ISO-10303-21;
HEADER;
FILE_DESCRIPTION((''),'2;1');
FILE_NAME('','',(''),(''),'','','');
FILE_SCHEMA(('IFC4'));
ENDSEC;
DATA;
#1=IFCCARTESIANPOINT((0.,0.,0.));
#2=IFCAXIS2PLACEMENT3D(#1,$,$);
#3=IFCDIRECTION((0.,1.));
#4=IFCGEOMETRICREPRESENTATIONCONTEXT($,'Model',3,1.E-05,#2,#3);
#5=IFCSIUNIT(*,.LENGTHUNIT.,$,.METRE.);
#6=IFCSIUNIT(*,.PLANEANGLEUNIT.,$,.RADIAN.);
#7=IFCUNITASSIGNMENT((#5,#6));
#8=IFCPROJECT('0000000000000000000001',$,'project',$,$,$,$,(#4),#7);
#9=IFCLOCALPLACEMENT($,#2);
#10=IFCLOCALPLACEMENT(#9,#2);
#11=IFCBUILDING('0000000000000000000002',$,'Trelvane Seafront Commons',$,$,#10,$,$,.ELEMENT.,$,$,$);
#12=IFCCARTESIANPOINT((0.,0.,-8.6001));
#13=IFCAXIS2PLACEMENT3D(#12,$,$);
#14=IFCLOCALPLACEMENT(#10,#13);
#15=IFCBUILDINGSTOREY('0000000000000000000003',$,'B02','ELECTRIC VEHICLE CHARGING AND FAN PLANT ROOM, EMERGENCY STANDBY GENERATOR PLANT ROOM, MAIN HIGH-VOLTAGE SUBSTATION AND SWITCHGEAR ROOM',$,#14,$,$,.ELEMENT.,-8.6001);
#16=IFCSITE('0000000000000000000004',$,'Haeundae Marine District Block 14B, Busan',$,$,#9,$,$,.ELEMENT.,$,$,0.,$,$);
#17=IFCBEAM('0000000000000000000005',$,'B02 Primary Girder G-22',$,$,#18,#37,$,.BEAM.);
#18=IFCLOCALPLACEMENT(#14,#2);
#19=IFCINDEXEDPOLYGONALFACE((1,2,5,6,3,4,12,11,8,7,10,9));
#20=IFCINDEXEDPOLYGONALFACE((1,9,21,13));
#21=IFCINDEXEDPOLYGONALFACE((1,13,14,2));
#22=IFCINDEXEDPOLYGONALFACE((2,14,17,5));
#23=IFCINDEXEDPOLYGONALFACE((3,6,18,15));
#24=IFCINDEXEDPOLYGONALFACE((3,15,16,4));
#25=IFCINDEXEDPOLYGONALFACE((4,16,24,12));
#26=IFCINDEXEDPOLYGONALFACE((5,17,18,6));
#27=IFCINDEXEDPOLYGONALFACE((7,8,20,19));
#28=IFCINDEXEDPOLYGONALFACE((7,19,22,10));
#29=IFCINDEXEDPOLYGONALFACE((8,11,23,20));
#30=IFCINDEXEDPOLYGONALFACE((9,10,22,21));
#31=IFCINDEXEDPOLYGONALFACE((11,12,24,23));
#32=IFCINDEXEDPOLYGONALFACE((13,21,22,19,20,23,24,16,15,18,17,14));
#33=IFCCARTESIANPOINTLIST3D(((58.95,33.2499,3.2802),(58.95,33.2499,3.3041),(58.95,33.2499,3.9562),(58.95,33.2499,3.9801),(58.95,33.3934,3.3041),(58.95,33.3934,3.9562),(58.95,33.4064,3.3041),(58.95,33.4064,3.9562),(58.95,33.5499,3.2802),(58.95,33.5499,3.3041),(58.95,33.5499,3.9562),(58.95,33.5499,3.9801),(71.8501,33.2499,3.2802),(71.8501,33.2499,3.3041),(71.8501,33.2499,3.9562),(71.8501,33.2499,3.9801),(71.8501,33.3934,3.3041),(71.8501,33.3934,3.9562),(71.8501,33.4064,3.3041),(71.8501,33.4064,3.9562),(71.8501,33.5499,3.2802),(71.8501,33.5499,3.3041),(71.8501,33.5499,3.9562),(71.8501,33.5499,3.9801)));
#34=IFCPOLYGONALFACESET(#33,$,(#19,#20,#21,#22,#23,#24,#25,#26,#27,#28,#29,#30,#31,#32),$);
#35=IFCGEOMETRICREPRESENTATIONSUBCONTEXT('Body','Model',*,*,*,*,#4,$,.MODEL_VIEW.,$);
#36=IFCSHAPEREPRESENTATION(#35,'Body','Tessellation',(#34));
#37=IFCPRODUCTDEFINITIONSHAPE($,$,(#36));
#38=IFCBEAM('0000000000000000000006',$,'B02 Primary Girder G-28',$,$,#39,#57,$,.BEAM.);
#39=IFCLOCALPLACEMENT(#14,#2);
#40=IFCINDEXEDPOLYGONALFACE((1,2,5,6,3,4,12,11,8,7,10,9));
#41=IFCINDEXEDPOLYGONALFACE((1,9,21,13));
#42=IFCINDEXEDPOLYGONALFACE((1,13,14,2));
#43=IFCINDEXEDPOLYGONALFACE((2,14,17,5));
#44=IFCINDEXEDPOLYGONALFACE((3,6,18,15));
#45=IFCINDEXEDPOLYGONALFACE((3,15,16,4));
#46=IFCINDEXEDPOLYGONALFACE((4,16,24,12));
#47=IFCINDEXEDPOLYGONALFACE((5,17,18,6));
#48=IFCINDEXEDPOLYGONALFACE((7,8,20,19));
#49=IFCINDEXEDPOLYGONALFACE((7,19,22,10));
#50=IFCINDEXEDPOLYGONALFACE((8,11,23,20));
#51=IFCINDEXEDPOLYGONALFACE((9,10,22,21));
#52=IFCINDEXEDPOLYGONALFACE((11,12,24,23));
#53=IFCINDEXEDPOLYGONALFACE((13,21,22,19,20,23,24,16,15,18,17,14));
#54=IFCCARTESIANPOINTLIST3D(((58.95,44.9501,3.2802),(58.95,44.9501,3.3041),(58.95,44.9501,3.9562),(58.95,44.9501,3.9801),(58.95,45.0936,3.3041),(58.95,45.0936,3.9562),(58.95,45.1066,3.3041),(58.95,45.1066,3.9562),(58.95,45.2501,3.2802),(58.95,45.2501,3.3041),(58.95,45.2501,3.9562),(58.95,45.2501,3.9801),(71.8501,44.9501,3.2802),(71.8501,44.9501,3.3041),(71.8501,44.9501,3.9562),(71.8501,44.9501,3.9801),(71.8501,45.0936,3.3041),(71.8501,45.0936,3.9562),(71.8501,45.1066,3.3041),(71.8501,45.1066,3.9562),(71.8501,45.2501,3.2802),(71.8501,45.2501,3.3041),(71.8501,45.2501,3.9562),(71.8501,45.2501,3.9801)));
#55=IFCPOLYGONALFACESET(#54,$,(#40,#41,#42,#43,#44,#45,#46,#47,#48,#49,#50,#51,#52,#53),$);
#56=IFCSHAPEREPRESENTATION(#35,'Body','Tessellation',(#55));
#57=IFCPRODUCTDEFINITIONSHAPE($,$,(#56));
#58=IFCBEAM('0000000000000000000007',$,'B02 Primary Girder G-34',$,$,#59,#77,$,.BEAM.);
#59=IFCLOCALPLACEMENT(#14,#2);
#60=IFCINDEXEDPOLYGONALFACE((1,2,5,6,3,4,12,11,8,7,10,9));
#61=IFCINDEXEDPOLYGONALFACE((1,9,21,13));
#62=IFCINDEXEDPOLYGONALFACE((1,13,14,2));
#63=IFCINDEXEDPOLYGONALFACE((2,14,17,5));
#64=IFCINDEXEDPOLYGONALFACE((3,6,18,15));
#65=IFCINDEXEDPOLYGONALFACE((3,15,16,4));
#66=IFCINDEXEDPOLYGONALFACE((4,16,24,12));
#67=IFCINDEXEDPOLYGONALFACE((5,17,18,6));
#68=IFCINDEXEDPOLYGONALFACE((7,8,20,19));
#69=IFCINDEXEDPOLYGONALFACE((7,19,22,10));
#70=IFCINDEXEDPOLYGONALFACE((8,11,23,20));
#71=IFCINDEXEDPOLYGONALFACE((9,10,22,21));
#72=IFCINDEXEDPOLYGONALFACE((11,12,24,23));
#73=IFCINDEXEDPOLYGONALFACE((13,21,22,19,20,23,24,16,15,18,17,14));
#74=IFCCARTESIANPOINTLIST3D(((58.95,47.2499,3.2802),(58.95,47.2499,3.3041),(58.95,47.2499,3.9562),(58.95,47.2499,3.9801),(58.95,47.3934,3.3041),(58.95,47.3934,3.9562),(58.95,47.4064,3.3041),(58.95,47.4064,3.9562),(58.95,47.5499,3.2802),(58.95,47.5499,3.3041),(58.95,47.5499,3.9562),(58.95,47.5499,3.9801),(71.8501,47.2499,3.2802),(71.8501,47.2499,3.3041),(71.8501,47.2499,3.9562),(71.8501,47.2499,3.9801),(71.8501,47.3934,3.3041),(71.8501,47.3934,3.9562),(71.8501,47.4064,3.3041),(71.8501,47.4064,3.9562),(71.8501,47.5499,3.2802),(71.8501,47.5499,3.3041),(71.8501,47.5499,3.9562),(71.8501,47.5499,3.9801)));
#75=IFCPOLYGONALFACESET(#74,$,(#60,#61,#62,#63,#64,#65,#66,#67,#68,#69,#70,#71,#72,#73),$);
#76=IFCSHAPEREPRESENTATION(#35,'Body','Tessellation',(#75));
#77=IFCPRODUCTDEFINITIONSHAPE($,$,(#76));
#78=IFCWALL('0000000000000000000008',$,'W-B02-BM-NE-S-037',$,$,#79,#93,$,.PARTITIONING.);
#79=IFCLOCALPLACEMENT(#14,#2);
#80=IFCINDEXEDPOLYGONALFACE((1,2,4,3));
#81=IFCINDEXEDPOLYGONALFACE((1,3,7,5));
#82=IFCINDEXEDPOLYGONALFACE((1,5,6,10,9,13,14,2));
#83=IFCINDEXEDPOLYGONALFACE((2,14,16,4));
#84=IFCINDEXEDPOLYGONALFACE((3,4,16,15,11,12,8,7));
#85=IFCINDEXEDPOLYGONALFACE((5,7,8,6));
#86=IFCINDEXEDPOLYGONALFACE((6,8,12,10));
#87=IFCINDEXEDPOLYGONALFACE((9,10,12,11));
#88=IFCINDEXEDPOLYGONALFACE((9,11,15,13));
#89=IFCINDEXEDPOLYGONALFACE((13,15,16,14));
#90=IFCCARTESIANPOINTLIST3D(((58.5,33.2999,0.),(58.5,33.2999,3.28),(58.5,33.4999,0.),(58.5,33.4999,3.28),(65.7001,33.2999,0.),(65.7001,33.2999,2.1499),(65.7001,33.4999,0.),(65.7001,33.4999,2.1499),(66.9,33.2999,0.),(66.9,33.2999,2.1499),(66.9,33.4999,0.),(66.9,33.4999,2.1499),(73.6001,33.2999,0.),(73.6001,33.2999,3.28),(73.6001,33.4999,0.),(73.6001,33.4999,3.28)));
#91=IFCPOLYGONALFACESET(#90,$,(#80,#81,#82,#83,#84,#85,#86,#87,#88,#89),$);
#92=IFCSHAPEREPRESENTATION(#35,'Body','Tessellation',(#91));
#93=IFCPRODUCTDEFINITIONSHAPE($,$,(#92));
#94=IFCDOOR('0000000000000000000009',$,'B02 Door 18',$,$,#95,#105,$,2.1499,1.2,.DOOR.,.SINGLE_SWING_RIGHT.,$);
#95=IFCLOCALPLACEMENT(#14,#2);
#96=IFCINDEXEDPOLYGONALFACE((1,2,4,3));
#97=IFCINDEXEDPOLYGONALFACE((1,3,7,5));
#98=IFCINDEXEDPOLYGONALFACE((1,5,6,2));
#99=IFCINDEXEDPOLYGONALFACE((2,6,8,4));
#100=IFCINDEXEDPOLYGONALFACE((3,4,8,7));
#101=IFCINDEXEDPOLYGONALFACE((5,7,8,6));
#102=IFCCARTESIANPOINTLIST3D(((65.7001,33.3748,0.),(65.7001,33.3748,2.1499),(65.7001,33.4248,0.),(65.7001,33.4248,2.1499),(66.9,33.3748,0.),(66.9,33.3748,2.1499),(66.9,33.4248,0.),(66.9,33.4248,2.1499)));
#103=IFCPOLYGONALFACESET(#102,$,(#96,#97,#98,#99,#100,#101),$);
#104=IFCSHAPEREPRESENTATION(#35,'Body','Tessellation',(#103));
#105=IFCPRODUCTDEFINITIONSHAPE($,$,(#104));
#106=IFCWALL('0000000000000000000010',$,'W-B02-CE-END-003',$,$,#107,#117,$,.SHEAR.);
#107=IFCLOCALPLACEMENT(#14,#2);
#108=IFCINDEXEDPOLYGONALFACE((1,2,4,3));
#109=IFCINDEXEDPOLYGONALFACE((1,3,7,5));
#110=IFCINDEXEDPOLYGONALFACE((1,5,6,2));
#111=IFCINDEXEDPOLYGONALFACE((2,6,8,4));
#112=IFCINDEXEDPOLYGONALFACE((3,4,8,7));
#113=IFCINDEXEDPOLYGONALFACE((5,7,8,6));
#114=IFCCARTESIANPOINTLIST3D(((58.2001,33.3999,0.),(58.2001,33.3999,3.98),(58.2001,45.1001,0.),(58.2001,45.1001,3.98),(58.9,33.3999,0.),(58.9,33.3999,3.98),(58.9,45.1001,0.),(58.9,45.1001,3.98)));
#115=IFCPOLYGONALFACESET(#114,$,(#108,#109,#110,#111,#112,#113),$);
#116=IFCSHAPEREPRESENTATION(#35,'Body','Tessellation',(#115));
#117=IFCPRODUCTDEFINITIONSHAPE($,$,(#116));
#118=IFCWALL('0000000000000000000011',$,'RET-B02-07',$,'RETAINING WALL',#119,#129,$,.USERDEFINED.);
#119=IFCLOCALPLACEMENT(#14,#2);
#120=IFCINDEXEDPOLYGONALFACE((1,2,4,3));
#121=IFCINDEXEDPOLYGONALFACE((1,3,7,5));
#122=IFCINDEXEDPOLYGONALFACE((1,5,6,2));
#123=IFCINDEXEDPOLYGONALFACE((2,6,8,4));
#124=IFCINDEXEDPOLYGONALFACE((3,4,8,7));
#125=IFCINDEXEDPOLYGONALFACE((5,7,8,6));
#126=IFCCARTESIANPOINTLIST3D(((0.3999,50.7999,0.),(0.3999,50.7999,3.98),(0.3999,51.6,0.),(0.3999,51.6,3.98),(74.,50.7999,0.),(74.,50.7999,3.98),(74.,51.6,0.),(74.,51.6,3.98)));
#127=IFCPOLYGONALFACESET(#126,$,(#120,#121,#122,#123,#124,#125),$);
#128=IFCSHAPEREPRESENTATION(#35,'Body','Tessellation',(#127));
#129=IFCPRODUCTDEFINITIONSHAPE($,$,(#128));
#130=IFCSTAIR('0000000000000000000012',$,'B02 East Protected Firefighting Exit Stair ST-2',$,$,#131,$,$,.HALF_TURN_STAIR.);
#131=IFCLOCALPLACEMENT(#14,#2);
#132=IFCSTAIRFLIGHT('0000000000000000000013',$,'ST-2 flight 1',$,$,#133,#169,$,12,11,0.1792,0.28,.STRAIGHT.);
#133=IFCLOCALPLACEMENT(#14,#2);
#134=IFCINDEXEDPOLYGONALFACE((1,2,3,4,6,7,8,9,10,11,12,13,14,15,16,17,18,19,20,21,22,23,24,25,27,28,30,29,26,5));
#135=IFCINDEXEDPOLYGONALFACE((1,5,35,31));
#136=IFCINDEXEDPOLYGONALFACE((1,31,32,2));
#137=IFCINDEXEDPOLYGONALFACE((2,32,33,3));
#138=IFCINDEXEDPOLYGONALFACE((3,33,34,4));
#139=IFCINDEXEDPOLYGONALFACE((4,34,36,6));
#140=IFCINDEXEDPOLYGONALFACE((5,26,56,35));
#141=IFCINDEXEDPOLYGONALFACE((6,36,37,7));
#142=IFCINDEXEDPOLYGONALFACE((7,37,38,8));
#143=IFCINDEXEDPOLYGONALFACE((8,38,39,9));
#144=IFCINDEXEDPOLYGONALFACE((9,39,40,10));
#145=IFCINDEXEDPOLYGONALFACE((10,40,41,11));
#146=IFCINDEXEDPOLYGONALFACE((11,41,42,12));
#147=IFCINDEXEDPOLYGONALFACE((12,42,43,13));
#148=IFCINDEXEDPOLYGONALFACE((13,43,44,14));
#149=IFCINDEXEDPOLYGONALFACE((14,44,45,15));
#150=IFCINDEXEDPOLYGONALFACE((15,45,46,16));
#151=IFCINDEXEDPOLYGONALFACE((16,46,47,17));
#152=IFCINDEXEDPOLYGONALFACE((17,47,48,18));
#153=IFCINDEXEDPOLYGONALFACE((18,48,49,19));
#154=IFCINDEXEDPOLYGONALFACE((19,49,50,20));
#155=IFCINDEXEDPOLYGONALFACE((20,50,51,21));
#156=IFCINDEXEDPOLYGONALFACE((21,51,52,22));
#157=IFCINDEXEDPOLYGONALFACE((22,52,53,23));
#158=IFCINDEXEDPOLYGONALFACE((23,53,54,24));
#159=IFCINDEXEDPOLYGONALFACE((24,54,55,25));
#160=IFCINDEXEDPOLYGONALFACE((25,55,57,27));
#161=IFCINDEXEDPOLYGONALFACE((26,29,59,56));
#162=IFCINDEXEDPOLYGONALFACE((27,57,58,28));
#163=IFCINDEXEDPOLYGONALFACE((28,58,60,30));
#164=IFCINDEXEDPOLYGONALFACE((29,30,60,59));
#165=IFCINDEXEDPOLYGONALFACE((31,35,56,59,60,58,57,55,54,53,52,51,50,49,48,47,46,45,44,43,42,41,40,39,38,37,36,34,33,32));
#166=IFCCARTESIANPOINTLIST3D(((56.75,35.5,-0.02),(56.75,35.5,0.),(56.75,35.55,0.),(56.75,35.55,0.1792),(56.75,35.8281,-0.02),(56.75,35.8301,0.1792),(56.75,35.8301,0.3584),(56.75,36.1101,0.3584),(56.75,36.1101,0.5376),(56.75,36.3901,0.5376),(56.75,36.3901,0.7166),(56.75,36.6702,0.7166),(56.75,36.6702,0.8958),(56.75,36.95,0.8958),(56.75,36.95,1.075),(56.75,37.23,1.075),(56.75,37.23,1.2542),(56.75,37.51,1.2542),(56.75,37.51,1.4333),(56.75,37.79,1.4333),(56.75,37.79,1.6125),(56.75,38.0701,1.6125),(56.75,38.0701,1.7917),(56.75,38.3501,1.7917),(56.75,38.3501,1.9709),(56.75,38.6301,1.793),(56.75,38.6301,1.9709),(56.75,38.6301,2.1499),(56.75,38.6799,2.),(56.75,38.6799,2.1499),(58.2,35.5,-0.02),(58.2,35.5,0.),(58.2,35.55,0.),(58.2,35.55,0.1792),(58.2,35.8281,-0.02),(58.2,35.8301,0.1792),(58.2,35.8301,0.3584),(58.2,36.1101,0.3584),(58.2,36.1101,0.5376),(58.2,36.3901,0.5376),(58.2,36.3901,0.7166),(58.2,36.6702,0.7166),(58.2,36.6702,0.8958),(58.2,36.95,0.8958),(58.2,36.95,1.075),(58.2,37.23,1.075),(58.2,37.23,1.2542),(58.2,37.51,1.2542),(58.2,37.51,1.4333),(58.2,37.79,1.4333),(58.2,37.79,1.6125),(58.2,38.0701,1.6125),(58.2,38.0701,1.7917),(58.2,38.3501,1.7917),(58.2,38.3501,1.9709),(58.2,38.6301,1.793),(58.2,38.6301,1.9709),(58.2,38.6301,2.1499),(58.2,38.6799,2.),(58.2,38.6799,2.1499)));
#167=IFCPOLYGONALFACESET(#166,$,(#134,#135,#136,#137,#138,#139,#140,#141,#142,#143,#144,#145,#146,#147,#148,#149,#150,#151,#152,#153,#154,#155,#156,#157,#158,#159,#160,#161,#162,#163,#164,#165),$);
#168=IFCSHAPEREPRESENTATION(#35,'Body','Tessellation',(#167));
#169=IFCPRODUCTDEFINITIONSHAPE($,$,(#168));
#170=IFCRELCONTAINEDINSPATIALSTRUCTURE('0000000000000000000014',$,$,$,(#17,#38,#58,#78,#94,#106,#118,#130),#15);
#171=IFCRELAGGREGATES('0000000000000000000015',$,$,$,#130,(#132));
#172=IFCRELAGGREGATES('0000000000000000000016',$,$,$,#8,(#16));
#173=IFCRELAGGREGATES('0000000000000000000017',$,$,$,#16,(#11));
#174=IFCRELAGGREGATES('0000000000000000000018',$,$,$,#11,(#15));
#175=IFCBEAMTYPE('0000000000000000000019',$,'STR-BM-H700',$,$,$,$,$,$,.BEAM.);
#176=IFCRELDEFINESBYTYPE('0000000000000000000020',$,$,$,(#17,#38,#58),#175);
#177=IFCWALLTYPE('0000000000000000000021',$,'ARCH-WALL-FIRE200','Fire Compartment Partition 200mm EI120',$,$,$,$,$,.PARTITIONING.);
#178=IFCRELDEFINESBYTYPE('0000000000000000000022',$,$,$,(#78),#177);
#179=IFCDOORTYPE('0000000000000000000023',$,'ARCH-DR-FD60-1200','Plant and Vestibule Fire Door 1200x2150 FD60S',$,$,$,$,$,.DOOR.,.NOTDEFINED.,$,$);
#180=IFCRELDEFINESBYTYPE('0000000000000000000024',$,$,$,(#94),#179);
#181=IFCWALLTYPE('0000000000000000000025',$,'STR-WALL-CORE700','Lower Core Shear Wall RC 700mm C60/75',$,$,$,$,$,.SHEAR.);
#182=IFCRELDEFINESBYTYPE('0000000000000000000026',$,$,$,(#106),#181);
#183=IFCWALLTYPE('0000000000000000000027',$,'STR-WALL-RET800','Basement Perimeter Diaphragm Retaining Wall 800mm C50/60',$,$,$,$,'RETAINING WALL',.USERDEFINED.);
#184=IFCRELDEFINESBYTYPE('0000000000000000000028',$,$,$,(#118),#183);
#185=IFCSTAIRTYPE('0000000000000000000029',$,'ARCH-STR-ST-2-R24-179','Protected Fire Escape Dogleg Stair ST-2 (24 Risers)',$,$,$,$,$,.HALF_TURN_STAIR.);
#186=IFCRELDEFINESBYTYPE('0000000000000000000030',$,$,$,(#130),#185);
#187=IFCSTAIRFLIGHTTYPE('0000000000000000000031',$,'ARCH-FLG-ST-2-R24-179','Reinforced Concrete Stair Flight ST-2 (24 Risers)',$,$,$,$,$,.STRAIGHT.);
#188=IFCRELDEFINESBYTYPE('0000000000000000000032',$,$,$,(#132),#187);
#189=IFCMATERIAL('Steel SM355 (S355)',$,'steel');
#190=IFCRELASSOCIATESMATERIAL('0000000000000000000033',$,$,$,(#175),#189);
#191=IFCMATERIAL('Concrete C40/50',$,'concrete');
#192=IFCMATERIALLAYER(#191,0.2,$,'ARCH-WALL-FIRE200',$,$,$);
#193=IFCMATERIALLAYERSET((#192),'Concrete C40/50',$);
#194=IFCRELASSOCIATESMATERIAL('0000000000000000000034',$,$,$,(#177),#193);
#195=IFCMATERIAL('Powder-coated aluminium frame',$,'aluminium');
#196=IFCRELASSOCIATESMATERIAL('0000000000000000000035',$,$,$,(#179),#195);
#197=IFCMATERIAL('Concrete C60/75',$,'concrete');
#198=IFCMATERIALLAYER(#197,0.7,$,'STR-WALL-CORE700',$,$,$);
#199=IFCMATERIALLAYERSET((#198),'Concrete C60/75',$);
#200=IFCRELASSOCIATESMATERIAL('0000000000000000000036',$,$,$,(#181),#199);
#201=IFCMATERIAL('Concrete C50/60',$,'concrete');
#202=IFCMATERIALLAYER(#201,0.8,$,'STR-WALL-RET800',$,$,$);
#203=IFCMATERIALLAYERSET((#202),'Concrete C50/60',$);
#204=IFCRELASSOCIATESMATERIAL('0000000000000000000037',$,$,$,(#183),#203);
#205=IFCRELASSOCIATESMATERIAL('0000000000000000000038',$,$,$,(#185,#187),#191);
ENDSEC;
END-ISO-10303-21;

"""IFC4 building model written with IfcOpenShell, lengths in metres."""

from ifc_helpers import new_model, si_unit, direction, frame, frame_2d, origin, origin_2d, place, context, subcontext, project, spatial, polyline, rectangle, i_section, outline, extrude, source, transform, mapped, material, layer, layer_set, material_profile, profile_set, type_object, element, fill, aggregate, save


model = new_model("IFC4")

# Units and contexts
model_context = context("Model", 3, precision=1e-05, world=origin(), true_north=direction((0.0, 1.0)))
body_context = subcontext(model_context, "Body", "Model", "MODEL_VIEW")
ifc_project = project(units=[si_unit("LENGTHUNIT", "METRE"), si_unit("PLANEANGLEUNIT", "RADIAN")], contexts=[model_context])

# Site, building, storey
site_placement = place(None, origin())
site = spatial("IfcSite", under=ifc_project, at=site_placement, Name="Haeundae Marine District Block 14B, Busan", CompositionType="ELEMENT", RefElevation=0.0)
building_placement = place(site_placement, origin())
building = spatial("IfcBuilding", under=site, at=building_placement, Name="Trelvane Seafront Commons", CompositionType="ELEMENT")
storey_placement = place(building_placement, frame((0.0, 0.0, -8.6001)))
storey = spatial("IfcBuildingStorey", under=building, at=storey_placement, Name="B02", Description="ELECTRIC VEHICLE CHARGING AND FAN PLANT ROOM, EMERGENCY STANDBY GENERATOR PLANT ROOM, MAIN HIGH-VOLTAGE SUBSTATION AND SWITCHGEAR ROOM", CompositionType="ELEMENT", Elevation=-8.6001)

# Shared definitions
ifc_material_1 = material(Name="Concrete C50/60", Category="concrete")
ifc_material_2 = material(Name="Concrete C60/75", Category="concrete")

# Beams
ifc_material_3 = material(Name="Steel SM355 (S355)", Category="steel")
ifc_material_profile_1 = material_profile(ifc_material_3, i_section(OverallWidth=0.3, OverallDepth=0.7, WebThickness=0.0129, FlangeThickness=0.0239, at=origin_2d()), Name="H-700x300x13x24")
ifc_profile_set_1 = profile_set([ifc_material_profile_1], Name="Steel SM355 (S355)")
beam_type_1 = type_object("IfcBeamType", Name="STR-BM-H700", PredefinedType="BEAM", material=ifc_profile_set_1)
shared_shape_1 = source(origin(), body_context, "Body", "SweptSolid", [
    extrude(i_section(OverallWidth=0.3, OverallDepth=0.7, WebThickness=0.0129, FlangeThickness=0.0239, at=origin_2d()), origin(), (0.0, 0.0, 1.0), 12.9001),
])
for number, where, z_axis, x_axis, name in (
    (1, (58.95, 33.3999, 3.6301), (1.0, 0.0, 0.0), (0.0, 1.0, 0.0), "B02 Primary Girder G-22"),
    (2, (58.95, 45.1001, 3.6301), (1.0, 0.0, 0.0), (0.0, 1.0, 0.0), "B02 Primary Girder G-28"),
    (3, (58.95, 47.3999, 3.6301), (1.0, 0.0, 0.0), (0.0, 1.0, 0.0), "B02 Primary Girder G-34"),
):
    element("IfcBeam", number, at=place(storey_placement, frame(where, z_axis=z_axis, x_axis=x_axis)), inside=storey, type_object=beam_type_1, Name=name, PredefinedType="BEAM", context=body_context, shape_type="MappedRepresentation", body=[
        mapped(shared_shape_1, transform((0.0, 0.0, 0.0), x_axis=(1.0, 0.0, 0.0), y_axis=(0.0, 1.0, 0.0), z_axis=(0.0, 0.0, 1.0), scale=1.0)),
    ])

# Wall, opening, door
ifc_material_4 = material(Name="Concrete C40/50", Category="concrete")
ifc_layer_1 = layer(ifc_material_4, 0.2, Name="ARCH-WALL-FIRE200")
ifc_layer_set_1 = layer_set([ifc_layer_1], Name="Concrete C40/50")
wall_type_1 = type_object("IfcWallType", Name="ARCH-WALL-FIRE200", Description="Fire Compartment Partition 200mm EI120", PredefinedType="PARTITIONING", material=ifc_layer_set_1)
wall_1_placement = place(storey_placement, frame((58.5, 33.3999, 0.0), z_axis=(0.0, 0.0, 1.0), x_axis=(1.0, 0.0, 0.0)))
wall_1 = element("IfcWall", 4, at=wall_1_placement, inside=storey, type_object=wall_type_1, Name="W-B02-BM-NE-S-037", PredefinedType="PARTITIONING", context=body_context, shape_type="SweptSolid", body=[
    extrude(rectangle(XDim=15.1001, YDim=0.2, at=frame_2d((7.55, 0.0))), origin(), (0.0, 0.0, 1.0), 3.28),
])
opening_placement = place(wall_1_placement, frame((7.2, 0.0, 0.0)))
opening = element("IfcOpeningElement", 5, at=opening_placement, cuts=wall_1, PredefinedType="OPENING", context=body_context, shape_type="SweptSolid", body=[
    extrude(rectangle(XDim=1.2, YDim=2.1499, at=frame_2d((0.6001, 1.075))), frame((0.0, 0.1099, 0.0), z_axis=(0.0, -1.0, 0.0), x_axis=(1.0, 0.0, 0.0)), (0.0, 0.0, 1.0), 0.22),
])
ifc_material_5 = material(Name="Powder-coated aluminium frame", Category="aluminium")
door_type = type_object("IfcDoorType", Name="ARCH-DR-FD60-1200", Description="Plant and Vestibule Fire Door 1200x2150 FD60S", OperationType="NOTDEFINED", PredefinedType="DOOR", material=ifc_material_5)
shared_shape_2 = source(origin(), body_context, "Body", "SweptSolid", [
    extrude(rectangle(XDim=1.2, YDim=2.1499, at=frame_2d((0.6001, 1.075))), frame((0.0, 0.0249, 0.0), z_axis=(0.0, -1.0, 0.0), x_axis=(1.0, 0.0, 0.0)), (0.0, 0.0, 1.0), 0.05),
])
door_placement = place(opening_placement, origin())
door = element("IfcDoor", 6, at=door_placement, inside=storey, type_object=door_type, Name="B02 Door 18", OperationType="SINGLE_SWING_RIGHT", OverallHeight=2.1499, OverallWidth=1.2, PredefinedType="DOOR", context=body_context, shape_type="MappedRepresentation", body=[
    mapped(shared_shape_2, transform((0.0, 0.0, 0.0), x_axis=(1.0, 0.0, 0.0), y_axis=(0.0, 1.0, 0.0), z_axis=(0.0, 0.0, 1.0), scale=1.0)),
])
fill(opening, door)

# Walls
ifc_layer_2 = layer(ifc_material_2, 0.7, Name="STR-WALL-CORE700")
ifc_layer_set_2 = layer_set([ifc_layer_2], Name="Concrete C60/75")
wall_type_2 = type_object("IfcWallType", Name="STR-WALL-CORE700", Description="Lower Core Shear Wall RC 700mm C60/75", PredefinedType="SHEAR", material=ifc_layer_set_2)
wall_2_placement = place(storey_placement, frame((58.55, 33.3999, 0.0), z_axis=(0.0, 0.0, 1.0), x_axis=(0.0, 1.0, 0.0)))
element("IfcWall", 7, at=wall_2_placement, inside=storey, type_object=wall_type_2, Name="W-B02-CE-END-003", PredefinedType="SHEAR", context=body_context, shape_type="SweptSolid", body=[
    extrude(rectangle(XDim=11.7002, YDim=0.7, at=frame_2d((5.8501, 0.0))), origin(), (0.0, 0.0, 1.0), 3.98),
])
ifc_layer_3 = layer(ifc_material_1, 0.8, Name="STR-WALL-RET800")
ifc_layer_set_3 = layer_set([ifc_layer_3], Name="Concrete C50/60")
wall_type_3 = type_object("IfcWallType", Name="STR-WALL-RET800", Description="Basement Perimeter Diaphragm Retaining Wall 800mm C50/60", ElementType="RETAINING WALL", PredefinedType="USERDEFINED", material=ifc_layer_set_3)
wall_3_placement = place(storey_placement, frame((74.0, 51.2, 0.0), z_axis=(0.0, 0.0, 1.0), x_axis=(-1.0, 0.0, 0.0)))
element("IfcWall", 8, at=wall_3_placement, inside=storey, type_object=wall_type_3, Name="RET-B02-07", ObjectType="RETAINING WALL", PredefinedType="USERDEFINED", context=body_context, shape_type="SweptSolid", body=[
    extrude(rectangle(XDim=73.6001, YDim=0.8, at=frame_2d((36.8, 0.0))), origin(), (0.0, 0.0, 1.0), 3.98),
])

# Stair, stair flight
stair_type = type_object("IfcStairType", Name="ARCH-STR-ST-2-R24-179", Description="Protected Fire Escape Dogleg Stair ST-2 (24 Risers)", PredefinedType="HALF_TURN_STAIR", material=ifc_material_4)
stair_placement = place(storey_placement, origin())
stair = element("IfcStair", 9, at=stair_placement, inside=storey, type_object=stair_type, Name="B02 East Protected Firefighting Exit Stair ST-2", PredefinedType="HALF_TURN_STAIR")
stair_flight_type = type_object("IfcStairFlightType", Name="ARCH-FLG-ST-2-R24-179", Description="Reinforced Concrete Stair Flight ST-2 (24 Risers)", PredefinedType="STRAIGHT", material=ifc_material_4)
shared_shape_3 = source(origin(), body_context, "Body", "SweptSolid", [
    extrude(outline(polyline([(-0.05, -0.02), (-0.05, 0.0), (0.0, 0.0), (0.0, 0.1792), (0.28, 0.1792), (0.28, 0.3584), (0.5601, 0.3584), (0.5601, 0.5376), (0.8401, 0.5376), (0.8401, 0.7166), (1.1201, 0.7166), (1.1201, 0.8958), (1.3999, 0.8958), (1.3999, 1.075), (1.6799, 1.075), (1.6799, 1.2542), (1.96, 1.2542), (1.96, 1.4333), (2.24, 1.4333), (2.24, 1.6125), (2.52, 1.6125), (2.52, 1.7917), (2.8, 1.7917), (2.8, 1.9709), (3.0801, 1.9709), (3.0801, 2.1499), (3.1299, 2.1499), (3.1299, 2.0), (3.0801, 1.793), (0.2781, -0.02), (-0.05, -0.02)])), frame((0.0, 0.7251, 0.0), z_axis=(0.0, -1.0, 0.0), x_axis=(1.0, 0.0, 0.0)), (0.0, 0.0, 1.0), 1.45),
])
stair_flight_1_placement = place(storey_placement, frame((57.4751, 35.55, 0.0), z_axis=(0.0, 0.0, 1.0), x_axis=(0.0, 1.0, 0.0)))
stair_flight_1 = element("IfcStairFlight", 10, at=stair_flight_1_placement, type_object=stair_flight_type, Name="ST-2 flight 1", NumberOfRisers=12, NumberOfTreads=11, PredefinedType="STRAIGHT", RiserHeight=0.1792, TreadLength=0.28, context=body_context, shape_type="MappedRepresentation", body=[
    mapped(shared_shape_3, transform((0.0, 0.0, 0.0), x_axis=(1.0, 0.0, 0.0), y_axis=(0.0, 1.0, 0.0), z_axis=(0.0, 0.0, 1.0), scale=1.0)),
])
aggregate(stair, [stair_flight_1])

save(model, "model.ifc")
